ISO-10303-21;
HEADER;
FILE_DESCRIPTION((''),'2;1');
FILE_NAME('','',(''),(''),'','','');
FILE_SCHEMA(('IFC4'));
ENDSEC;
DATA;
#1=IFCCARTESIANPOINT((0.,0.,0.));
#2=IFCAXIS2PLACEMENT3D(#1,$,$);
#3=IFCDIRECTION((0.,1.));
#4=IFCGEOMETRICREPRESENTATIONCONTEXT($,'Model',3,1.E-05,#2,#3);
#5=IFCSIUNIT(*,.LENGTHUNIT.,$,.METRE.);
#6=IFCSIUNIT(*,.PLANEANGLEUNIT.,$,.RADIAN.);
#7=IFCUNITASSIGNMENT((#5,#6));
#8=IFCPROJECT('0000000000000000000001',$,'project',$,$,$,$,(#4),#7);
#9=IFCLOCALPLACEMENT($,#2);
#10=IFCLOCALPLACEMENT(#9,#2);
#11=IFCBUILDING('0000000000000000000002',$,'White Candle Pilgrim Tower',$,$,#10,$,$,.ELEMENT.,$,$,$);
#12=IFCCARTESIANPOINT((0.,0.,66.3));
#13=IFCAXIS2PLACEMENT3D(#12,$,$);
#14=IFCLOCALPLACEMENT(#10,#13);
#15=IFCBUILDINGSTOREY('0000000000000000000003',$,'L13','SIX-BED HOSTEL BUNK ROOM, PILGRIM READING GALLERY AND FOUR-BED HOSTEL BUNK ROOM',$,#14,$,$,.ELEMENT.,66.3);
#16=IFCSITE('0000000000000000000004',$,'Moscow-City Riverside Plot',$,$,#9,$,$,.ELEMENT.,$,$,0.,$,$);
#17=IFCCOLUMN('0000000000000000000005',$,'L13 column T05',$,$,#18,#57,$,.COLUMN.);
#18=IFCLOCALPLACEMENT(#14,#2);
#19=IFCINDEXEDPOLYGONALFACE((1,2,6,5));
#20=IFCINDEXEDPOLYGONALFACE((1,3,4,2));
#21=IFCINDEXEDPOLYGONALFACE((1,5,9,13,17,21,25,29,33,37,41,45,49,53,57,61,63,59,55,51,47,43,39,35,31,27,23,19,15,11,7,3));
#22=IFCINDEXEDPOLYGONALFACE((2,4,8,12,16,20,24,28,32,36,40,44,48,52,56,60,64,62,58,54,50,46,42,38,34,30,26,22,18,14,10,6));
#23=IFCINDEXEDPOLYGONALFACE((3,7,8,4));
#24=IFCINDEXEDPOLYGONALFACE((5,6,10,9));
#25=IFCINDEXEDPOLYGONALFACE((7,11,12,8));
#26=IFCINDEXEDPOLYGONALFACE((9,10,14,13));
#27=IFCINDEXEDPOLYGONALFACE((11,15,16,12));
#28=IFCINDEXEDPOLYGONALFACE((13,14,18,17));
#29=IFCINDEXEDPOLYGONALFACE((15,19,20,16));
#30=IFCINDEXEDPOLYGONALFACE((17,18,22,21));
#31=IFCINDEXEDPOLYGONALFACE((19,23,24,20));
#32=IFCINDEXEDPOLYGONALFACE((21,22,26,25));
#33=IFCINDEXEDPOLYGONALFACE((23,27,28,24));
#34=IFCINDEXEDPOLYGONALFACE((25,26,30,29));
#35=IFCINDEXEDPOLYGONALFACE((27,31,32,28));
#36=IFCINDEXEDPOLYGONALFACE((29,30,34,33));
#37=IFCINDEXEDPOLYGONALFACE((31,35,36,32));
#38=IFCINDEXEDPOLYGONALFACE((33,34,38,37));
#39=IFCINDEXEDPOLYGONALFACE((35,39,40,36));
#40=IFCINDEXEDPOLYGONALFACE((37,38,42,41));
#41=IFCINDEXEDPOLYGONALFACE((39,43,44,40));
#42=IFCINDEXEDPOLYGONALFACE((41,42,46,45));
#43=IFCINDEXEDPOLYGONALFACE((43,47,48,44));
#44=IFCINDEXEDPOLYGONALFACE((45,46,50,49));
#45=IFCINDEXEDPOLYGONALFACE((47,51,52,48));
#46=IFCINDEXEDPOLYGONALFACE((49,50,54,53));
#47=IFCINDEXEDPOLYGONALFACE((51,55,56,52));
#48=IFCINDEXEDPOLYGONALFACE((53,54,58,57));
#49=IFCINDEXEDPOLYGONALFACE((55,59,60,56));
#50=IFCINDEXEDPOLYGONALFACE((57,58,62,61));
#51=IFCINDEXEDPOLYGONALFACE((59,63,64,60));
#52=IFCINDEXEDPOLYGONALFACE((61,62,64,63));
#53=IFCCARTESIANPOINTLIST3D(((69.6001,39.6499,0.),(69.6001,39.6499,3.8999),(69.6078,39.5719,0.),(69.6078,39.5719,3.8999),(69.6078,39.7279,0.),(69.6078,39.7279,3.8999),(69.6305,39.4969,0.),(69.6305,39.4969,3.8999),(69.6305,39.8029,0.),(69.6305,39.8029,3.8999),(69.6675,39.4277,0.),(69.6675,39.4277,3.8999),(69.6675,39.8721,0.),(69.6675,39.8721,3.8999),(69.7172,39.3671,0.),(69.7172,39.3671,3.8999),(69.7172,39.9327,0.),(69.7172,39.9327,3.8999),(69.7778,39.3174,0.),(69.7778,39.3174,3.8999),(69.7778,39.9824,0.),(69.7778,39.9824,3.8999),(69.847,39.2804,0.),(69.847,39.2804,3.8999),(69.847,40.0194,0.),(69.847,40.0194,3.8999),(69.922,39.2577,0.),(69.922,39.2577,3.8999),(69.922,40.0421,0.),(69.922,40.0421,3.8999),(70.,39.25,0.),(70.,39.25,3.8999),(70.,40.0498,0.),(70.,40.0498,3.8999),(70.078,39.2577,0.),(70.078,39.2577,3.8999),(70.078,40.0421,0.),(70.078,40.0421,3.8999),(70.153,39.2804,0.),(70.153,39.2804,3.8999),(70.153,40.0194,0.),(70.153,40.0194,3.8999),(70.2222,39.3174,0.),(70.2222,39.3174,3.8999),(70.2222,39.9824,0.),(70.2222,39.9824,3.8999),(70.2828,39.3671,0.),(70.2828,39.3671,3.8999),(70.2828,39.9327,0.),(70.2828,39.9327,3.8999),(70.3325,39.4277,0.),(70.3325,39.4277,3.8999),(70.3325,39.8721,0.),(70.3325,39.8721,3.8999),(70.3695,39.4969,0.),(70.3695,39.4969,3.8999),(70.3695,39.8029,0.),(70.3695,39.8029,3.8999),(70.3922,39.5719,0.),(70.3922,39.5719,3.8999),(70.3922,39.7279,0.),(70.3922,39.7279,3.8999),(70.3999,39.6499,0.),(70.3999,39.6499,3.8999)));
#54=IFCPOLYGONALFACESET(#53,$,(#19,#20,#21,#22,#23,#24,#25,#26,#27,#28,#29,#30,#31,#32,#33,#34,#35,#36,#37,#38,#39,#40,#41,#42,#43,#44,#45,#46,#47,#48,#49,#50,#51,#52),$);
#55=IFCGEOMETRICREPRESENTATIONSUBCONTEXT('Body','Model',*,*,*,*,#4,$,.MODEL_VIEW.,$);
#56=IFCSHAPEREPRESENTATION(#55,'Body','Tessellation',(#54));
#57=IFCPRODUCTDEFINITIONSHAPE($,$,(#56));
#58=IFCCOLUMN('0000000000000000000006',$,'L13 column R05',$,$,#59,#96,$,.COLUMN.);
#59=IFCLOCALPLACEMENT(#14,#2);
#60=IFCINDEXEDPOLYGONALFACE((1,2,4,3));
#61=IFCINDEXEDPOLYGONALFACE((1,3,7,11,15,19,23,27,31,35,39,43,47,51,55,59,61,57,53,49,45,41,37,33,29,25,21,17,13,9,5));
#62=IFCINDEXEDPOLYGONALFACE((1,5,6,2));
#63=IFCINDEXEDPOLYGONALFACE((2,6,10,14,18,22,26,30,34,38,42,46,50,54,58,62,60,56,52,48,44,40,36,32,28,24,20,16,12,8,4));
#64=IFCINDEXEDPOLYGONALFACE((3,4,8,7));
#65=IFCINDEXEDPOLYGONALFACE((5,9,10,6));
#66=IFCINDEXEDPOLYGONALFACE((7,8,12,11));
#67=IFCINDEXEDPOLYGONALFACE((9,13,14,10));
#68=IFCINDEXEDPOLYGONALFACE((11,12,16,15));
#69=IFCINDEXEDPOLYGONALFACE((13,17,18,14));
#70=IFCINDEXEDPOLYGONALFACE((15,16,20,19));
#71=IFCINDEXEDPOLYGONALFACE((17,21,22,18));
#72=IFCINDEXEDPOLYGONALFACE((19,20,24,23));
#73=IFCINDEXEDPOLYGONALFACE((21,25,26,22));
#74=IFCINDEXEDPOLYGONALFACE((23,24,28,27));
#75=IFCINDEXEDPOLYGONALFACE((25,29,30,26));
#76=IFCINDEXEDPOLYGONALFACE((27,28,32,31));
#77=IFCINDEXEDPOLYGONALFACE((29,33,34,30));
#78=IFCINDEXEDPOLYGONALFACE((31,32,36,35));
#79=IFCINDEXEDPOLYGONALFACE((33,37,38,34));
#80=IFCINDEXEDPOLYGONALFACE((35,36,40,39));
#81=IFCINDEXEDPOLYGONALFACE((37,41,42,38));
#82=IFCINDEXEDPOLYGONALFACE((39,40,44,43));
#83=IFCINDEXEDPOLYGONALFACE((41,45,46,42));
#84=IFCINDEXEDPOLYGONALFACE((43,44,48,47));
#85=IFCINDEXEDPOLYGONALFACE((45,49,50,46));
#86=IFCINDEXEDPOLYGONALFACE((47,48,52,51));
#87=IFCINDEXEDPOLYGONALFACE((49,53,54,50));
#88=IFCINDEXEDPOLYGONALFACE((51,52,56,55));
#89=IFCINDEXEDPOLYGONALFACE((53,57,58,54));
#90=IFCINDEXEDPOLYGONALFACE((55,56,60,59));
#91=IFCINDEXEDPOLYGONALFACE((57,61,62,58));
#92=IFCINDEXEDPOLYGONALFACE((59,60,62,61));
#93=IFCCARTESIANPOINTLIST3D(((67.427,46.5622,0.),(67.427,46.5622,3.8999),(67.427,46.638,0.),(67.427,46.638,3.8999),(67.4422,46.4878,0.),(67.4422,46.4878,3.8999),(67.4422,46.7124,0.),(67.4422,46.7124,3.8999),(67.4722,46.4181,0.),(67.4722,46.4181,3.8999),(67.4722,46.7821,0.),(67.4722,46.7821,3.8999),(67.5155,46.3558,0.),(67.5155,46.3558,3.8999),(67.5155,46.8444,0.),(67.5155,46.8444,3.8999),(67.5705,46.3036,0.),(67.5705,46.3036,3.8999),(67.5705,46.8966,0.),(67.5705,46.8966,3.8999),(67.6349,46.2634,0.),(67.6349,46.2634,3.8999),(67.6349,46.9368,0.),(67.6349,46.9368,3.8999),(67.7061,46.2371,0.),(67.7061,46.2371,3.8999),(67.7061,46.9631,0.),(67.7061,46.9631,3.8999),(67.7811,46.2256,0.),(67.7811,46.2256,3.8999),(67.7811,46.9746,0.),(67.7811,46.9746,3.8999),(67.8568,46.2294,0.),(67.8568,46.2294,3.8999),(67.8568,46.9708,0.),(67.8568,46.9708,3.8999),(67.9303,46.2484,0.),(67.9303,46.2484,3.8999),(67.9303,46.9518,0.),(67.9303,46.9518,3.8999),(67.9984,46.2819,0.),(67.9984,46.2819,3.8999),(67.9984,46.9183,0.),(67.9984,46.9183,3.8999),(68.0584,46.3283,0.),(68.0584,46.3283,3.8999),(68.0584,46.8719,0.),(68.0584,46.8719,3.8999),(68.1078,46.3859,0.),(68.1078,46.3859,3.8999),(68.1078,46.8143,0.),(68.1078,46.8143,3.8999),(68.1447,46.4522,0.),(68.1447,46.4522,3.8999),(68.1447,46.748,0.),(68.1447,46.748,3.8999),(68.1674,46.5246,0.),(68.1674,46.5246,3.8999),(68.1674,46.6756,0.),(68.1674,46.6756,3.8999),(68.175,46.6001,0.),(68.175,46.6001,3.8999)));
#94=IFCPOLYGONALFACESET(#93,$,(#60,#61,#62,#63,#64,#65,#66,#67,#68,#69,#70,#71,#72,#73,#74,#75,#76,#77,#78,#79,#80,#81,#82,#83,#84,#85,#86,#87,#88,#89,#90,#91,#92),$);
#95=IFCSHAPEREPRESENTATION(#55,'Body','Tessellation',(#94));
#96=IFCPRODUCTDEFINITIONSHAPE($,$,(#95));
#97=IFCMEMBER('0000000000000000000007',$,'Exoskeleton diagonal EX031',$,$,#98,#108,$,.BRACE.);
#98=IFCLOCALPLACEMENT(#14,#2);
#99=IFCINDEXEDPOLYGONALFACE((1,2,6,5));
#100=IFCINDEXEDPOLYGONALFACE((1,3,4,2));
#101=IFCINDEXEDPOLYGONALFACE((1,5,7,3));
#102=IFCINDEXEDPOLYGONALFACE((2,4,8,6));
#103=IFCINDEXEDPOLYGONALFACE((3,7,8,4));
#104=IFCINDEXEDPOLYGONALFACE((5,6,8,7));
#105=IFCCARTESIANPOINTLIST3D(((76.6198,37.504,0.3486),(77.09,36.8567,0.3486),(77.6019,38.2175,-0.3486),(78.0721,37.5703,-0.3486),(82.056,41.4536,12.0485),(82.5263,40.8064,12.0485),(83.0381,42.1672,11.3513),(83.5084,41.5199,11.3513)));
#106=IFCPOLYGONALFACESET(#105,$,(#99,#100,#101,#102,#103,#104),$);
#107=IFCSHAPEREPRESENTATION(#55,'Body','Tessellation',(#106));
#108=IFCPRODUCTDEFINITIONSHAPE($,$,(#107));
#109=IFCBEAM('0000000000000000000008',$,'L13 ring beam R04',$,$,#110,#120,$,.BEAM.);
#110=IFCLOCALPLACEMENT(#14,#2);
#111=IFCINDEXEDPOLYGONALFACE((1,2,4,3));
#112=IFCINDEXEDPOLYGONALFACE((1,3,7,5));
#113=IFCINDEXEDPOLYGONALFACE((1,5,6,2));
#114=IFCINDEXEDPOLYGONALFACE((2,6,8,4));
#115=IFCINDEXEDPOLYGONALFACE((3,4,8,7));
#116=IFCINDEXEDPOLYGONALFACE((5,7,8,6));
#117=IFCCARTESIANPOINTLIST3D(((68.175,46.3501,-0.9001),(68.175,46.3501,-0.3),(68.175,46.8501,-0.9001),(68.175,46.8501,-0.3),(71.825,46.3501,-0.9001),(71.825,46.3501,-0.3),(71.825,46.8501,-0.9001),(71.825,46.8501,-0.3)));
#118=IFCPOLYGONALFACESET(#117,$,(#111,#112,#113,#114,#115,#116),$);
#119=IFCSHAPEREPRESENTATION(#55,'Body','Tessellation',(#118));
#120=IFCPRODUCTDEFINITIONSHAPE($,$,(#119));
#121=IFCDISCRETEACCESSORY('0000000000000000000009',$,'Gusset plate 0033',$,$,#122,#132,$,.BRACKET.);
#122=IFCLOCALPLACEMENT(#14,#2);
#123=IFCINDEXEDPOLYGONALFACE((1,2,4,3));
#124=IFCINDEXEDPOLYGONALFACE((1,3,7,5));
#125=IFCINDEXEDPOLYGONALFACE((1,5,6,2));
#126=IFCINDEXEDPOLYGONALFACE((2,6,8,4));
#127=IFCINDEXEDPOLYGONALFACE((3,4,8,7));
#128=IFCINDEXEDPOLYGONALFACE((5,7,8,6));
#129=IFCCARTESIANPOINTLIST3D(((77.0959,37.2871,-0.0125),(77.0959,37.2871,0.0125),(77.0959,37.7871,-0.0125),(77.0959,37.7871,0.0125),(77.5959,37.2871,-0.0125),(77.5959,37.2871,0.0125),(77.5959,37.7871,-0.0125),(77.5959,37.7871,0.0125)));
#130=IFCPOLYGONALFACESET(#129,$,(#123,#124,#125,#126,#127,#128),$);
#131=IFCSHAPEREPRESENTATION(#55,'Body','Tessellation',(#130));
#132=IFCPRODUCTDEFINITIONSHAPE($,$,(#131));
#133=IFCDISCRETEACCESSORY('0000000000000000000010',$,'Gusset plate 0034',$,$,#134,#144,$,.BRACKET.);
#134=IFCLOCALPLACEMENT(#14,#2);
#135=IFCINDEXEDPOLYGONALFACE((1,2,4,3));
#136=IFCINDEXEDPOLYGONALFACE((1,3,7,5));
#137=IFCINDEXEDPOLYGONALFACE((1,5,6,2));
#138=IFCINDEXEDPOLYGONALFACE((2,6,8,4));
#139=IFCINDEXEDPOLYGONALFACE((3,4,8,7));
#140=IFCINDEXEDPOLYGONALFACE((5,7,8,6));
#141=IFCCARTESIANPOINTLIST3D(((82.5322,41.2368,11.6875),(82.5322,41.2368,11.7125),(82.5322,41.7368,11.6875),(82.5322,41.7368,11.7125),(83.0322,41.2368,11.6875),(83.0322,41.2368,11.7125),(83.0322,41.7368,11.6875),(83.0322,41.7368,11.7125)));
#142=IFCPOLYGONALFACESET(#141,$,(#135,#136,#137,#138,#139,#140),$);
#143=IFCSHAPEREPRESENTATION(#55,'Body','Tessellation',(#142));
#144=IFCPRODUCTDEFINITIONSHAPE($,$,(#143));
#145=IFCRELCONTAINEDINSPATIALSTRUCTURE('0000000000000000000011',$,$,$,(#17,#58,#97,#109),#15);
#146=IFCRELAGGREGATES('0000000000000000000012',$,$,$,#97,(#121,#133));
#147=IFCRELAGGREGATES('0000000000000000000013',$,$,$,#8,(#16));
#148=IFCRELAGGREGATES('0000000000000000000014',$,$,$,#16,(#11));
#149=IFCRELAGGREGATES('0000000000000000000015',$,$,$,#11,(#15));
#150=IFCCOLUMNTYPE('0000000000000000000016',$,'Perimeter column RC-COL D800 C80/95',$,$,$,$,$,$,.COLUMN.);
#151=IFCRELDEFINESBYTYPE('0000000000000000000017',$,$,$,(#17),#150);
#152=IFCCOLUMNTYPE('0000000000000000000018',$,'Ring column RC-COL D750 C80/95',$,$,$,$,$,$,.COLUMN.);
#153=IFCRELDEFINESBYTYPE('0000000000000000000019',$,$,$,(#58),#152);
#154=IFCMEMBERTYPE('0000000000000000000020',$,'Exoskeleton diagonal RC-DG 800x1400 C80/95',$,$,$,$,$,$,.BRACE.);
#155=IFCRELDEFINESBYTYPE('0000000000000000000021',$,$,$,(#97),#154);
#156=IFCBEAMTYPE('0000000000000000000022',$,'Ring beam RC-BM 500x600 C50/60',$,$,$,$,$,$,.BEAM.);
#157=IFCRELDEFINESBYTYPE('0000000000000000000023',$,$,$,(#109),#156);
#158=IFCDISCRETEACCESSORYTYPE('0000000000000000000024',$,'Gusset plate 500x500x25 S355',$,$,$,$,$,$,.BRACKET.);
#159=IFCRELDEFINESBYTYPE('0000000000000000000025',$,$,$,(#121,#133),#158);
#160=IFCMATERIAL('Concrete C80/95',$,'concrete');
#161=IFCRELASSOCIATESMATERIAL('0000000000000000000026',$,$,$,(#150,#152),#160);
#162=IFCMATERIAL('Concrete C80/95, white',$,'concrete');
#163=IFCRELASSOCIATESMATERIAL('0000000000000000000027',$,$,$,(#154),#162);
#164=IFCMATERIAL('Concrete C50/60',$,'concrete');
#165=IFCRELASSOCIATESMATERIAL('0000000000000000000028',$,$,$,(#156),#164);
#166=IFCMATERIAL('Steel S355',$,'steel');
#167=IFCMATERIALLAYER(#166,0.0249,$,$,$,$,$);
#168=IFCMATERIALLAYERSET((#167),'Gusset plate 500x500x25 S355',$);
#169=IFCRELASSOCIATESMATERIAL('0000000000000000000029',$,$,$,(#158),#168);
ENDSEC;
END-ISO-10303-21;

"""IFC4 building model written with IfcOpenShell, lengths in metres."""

from ifc_helpers import new_model, si_unit, direction, frame, origin, origin_2d, place, context, subcontext, project, spatial, rectangle, circle, extrude, material, layer, layer_set, material_profile, profile_set, type_object, element, aggregate, save


model = new_model("IFC4")

# Units and contexts
model_context = context("Model", 3, precision=1e-05, world=origin(), true_north=direction((0.0, 1.0)))
body_context = subcontext(model_context, "Body", "Model", "MODEL_VIEW")
ifc_project = project(units=[si_unit("LENGTHUNIT", "METRE"), si_unit("PLANEANGLEUNIT", "RADIAN")], contexts=[model_context])

# Site, building, storey
site_placement = place(None, origin())
site = spatial("IfcSite", under=ifc_project, at=site_placement, Name="Moscow-City Riverside Plot", CompositionType="ELEMENT", RefElevation=0.0)
building_placement = place(site_placement, origin())
building = spatial("IfcBuilding", under=site, at=building_placement, Name="White Candle Pilgrim Tower", CompositionType="ELEMENT")
storey_placement = place(building_placement, frame((0.0, 0.0, 66.3)))
storey = spatial("IfcBuildingStorey", under=building, at=storey_placement, Name="L13", Description="SIX-BED HOSTEL BUNK ROOM, PILGRIM READING GALLERY AND FOUR-BED HOSTEL BUNK ROOM", CompositionType="ELEMENT", Elevation=66.3)

# Columns
ifc_material_1 = material(Name="Concrete C80/95", Category="concrete")
ifc_material_profile_1 = material_profile(ifc_material_1, circle(Radius=0.3999, at=origin_2d()), Name="RC-COL D800")
ifc_profile_set_1 = profile_set([ifc_material_profile_1], Name="Concrete C80/95")
column_type_1 = type_object("IfcColumnType", Name="Perimeter column RC-COL D800 C80/95", PredefinedType="COLUMN", material=ifc_profile_set_1)
column_1_placement = place(storey_placement, frame((70.0, 39.6499, 0.0), z_axis=(0.0, 0.0, 1.0), x_axis=(1.0, 0.0, 0.0)))
element("IfcColumn", 1, at=column_1_placement, inside=storey, type_object=column_type_1, Name="L13 column T05", PredefinedType="COLUMN", context=body_context, shape_type="SweptSolid", body=[
    extrude(circle(Radius=0.3999, at=origin_2d()), origin(), (0.0, 0.0, 1.0), 3.8999),
])
ifc_material_profile_2 = material_profile(ifc_material_1, circle(Radius=0.375, at=origin_2d()), Name="RC-COL D750")
ifc_profile_set_2 = profile_set([ifc_material_profile_2], Name="Concrete C80/95")
column_type_2 = type_object("IfcColumnType", Name="Ring column RC-COL D750 C80/95", PredefinedType="COLUMN", material=ifc_profile_set_2)
column_2_placement = place(storey_placement, frame((67.8, 46.6001, 0.0), z_axis=(0.0, 0.0, 1.0), x_axis=(1.0, 0.0, 0.0)))
element("IfcColumn", 2, at=column_2_placement, inside=storey, type_object=column_type_2, Name="L13 column R05", PredefinedType="COLUMN", context=body_context, shape_type="SweptSolid", body=[
    extrude(circle(Radius=0.375, at=origin_2d()), origin(), (0.0, 0.0, 1.0), 3.8999),
])

# Member
ifc_material_2 = material(Name="Concrete C80/95, white", Category="concrete")
ifc_material_profile_3 = material_profile(ifc_material_2, rectangle(XDim=0.8, YDim=1.3999, at=origin_2d()), Name="RC-DG 800x1400")
ifc_profile_set_3 = profile_set([ifc_material_profile_3], Name="Concrete C80/95, white")
member_type = type_object("IfcMemberType", Name="Exoskeleton diagonal RC-DG 800x1400 C80/95", PredefinedType="BRACE", material=ifc_profile_set_3)
member_placement = place(storey_placement, frame((77.3459, 37.5371, 0.0), z_axis=(0.402917, 0.292738, 0.867158), x_axis=(-0.587787, 0.809016, 0.0)))
member = element("IfcMember", 3, at=member_placement, inside=storey, type_object=member_type, Name="Exoskeleton diagonal EX031", PredefinedType="BRACE", context=body_context, shape_type="SweptSolid", body=[
    extrude(rectangle(XDim=0.8, YDim=1.3999, at=origin_2d()), origin(), (0.0, 0.0, 1.0), 13.4922),
])

# Beam
ifc_material_3 = material(Name="Concrete C50/60", Category="concrete")
ifc_material_profile_4 = material_profile(ifc_material_3, rectangle(XDim=0.5, YDim=0.6001, at=origin_2d()), Name="RC-BM 500x600")
ifc_profile_set_4 = profile_set([ifc_material_profile_4], Name="Concrete C50/60")
beam_type = type_object("IfcBeamType", Name="Ring beam RC-BM 500x600 C50/60", PredefinedType="BEAM", material=ifc_profile_set_4)
beam_placement = place(storey_placement, frame((68.175, 46.6001, -0.6001), z_axis=(1.0, 0.0, 0.0), x_axis=(0.0, 1.0, 0.0)))
element("IfcBeam", 4, at=beam_placement, inside=storey, type_object=beam_type, Name="L13 ring beam R04", PredefinedType="BEAM", context=body_context, shape_type="SweptSolid", body=[
    extrude(rectangle(XDim=0.5, YDim=0.6001, at=origin_2d()), origin(), (0.0, 0.0, 1.0), 3.6499),
])

# Discrete accessories
ifc_material_4 = material(Name="Steel S355", Category="steel")
ifc_layer_1 = layer(ifc_material_4, 0.0249)
ifc_layer_set_1 = layer_set([ifc_layer_1], Name="Gusset plate 500x500x25 S355")
discrete_accessory_type = type_object("IfcDiscreteAccessoryType", Name="Gusset plate 500x500x25 S355", PredefinedType="BRACKET", material=ifc_layer_set_1)
discrete_accessory_1_placement = place(storey_placement, frame((77.3459, 37.5371, -0.0125), z_axis=(0.0, 0.0, 1.0), x_axis=(1.0, 0.0, 0.0)))
discrete_accessory_1 = element("IfcDiscreteAccessory", 5, at=discrete_accessory_1_placement, type_object=discrete_accessory_type, Name="Gusset plate 0033", PredefinedType="BRACKET", context=body_context, shape_type="SweptSolid", body=[
    extrude(rectangle(XDim=0.5, YDim=0.5, at=origin_2d()), origin(), (0.0, 0.0, 1.0), 0.0249),
])
placement = place(building_placement, frame((0.0, 0.0, 78.0)))
discrete_accessory_2_placement = place(placement, frame((82.7822, 41.4868, -0.0125), z_axis=(0.0, 0.0, 1.0), x_axis=(1.0, 0.0, 0.0)))
discrete_accessory_2 = element("IfcDiscreteAccessory", 6, at=discrete_accessory_2_placement, type_object=discrete_accessory_type, Name="Gusset plate 0034", PredefinedType="BRACKET", context=body_context, shape_type="SweptSolid", body=[
    extrude(rectangle(XDim=0.5, YDim=0.5, at=origin_2d()), origin(), (0.0, 0.0, 1.0), 0.0249),
])
aggregate(member, [discrete_accessory_1, discrete_accessory_2])

save(model, "model.ifc")
